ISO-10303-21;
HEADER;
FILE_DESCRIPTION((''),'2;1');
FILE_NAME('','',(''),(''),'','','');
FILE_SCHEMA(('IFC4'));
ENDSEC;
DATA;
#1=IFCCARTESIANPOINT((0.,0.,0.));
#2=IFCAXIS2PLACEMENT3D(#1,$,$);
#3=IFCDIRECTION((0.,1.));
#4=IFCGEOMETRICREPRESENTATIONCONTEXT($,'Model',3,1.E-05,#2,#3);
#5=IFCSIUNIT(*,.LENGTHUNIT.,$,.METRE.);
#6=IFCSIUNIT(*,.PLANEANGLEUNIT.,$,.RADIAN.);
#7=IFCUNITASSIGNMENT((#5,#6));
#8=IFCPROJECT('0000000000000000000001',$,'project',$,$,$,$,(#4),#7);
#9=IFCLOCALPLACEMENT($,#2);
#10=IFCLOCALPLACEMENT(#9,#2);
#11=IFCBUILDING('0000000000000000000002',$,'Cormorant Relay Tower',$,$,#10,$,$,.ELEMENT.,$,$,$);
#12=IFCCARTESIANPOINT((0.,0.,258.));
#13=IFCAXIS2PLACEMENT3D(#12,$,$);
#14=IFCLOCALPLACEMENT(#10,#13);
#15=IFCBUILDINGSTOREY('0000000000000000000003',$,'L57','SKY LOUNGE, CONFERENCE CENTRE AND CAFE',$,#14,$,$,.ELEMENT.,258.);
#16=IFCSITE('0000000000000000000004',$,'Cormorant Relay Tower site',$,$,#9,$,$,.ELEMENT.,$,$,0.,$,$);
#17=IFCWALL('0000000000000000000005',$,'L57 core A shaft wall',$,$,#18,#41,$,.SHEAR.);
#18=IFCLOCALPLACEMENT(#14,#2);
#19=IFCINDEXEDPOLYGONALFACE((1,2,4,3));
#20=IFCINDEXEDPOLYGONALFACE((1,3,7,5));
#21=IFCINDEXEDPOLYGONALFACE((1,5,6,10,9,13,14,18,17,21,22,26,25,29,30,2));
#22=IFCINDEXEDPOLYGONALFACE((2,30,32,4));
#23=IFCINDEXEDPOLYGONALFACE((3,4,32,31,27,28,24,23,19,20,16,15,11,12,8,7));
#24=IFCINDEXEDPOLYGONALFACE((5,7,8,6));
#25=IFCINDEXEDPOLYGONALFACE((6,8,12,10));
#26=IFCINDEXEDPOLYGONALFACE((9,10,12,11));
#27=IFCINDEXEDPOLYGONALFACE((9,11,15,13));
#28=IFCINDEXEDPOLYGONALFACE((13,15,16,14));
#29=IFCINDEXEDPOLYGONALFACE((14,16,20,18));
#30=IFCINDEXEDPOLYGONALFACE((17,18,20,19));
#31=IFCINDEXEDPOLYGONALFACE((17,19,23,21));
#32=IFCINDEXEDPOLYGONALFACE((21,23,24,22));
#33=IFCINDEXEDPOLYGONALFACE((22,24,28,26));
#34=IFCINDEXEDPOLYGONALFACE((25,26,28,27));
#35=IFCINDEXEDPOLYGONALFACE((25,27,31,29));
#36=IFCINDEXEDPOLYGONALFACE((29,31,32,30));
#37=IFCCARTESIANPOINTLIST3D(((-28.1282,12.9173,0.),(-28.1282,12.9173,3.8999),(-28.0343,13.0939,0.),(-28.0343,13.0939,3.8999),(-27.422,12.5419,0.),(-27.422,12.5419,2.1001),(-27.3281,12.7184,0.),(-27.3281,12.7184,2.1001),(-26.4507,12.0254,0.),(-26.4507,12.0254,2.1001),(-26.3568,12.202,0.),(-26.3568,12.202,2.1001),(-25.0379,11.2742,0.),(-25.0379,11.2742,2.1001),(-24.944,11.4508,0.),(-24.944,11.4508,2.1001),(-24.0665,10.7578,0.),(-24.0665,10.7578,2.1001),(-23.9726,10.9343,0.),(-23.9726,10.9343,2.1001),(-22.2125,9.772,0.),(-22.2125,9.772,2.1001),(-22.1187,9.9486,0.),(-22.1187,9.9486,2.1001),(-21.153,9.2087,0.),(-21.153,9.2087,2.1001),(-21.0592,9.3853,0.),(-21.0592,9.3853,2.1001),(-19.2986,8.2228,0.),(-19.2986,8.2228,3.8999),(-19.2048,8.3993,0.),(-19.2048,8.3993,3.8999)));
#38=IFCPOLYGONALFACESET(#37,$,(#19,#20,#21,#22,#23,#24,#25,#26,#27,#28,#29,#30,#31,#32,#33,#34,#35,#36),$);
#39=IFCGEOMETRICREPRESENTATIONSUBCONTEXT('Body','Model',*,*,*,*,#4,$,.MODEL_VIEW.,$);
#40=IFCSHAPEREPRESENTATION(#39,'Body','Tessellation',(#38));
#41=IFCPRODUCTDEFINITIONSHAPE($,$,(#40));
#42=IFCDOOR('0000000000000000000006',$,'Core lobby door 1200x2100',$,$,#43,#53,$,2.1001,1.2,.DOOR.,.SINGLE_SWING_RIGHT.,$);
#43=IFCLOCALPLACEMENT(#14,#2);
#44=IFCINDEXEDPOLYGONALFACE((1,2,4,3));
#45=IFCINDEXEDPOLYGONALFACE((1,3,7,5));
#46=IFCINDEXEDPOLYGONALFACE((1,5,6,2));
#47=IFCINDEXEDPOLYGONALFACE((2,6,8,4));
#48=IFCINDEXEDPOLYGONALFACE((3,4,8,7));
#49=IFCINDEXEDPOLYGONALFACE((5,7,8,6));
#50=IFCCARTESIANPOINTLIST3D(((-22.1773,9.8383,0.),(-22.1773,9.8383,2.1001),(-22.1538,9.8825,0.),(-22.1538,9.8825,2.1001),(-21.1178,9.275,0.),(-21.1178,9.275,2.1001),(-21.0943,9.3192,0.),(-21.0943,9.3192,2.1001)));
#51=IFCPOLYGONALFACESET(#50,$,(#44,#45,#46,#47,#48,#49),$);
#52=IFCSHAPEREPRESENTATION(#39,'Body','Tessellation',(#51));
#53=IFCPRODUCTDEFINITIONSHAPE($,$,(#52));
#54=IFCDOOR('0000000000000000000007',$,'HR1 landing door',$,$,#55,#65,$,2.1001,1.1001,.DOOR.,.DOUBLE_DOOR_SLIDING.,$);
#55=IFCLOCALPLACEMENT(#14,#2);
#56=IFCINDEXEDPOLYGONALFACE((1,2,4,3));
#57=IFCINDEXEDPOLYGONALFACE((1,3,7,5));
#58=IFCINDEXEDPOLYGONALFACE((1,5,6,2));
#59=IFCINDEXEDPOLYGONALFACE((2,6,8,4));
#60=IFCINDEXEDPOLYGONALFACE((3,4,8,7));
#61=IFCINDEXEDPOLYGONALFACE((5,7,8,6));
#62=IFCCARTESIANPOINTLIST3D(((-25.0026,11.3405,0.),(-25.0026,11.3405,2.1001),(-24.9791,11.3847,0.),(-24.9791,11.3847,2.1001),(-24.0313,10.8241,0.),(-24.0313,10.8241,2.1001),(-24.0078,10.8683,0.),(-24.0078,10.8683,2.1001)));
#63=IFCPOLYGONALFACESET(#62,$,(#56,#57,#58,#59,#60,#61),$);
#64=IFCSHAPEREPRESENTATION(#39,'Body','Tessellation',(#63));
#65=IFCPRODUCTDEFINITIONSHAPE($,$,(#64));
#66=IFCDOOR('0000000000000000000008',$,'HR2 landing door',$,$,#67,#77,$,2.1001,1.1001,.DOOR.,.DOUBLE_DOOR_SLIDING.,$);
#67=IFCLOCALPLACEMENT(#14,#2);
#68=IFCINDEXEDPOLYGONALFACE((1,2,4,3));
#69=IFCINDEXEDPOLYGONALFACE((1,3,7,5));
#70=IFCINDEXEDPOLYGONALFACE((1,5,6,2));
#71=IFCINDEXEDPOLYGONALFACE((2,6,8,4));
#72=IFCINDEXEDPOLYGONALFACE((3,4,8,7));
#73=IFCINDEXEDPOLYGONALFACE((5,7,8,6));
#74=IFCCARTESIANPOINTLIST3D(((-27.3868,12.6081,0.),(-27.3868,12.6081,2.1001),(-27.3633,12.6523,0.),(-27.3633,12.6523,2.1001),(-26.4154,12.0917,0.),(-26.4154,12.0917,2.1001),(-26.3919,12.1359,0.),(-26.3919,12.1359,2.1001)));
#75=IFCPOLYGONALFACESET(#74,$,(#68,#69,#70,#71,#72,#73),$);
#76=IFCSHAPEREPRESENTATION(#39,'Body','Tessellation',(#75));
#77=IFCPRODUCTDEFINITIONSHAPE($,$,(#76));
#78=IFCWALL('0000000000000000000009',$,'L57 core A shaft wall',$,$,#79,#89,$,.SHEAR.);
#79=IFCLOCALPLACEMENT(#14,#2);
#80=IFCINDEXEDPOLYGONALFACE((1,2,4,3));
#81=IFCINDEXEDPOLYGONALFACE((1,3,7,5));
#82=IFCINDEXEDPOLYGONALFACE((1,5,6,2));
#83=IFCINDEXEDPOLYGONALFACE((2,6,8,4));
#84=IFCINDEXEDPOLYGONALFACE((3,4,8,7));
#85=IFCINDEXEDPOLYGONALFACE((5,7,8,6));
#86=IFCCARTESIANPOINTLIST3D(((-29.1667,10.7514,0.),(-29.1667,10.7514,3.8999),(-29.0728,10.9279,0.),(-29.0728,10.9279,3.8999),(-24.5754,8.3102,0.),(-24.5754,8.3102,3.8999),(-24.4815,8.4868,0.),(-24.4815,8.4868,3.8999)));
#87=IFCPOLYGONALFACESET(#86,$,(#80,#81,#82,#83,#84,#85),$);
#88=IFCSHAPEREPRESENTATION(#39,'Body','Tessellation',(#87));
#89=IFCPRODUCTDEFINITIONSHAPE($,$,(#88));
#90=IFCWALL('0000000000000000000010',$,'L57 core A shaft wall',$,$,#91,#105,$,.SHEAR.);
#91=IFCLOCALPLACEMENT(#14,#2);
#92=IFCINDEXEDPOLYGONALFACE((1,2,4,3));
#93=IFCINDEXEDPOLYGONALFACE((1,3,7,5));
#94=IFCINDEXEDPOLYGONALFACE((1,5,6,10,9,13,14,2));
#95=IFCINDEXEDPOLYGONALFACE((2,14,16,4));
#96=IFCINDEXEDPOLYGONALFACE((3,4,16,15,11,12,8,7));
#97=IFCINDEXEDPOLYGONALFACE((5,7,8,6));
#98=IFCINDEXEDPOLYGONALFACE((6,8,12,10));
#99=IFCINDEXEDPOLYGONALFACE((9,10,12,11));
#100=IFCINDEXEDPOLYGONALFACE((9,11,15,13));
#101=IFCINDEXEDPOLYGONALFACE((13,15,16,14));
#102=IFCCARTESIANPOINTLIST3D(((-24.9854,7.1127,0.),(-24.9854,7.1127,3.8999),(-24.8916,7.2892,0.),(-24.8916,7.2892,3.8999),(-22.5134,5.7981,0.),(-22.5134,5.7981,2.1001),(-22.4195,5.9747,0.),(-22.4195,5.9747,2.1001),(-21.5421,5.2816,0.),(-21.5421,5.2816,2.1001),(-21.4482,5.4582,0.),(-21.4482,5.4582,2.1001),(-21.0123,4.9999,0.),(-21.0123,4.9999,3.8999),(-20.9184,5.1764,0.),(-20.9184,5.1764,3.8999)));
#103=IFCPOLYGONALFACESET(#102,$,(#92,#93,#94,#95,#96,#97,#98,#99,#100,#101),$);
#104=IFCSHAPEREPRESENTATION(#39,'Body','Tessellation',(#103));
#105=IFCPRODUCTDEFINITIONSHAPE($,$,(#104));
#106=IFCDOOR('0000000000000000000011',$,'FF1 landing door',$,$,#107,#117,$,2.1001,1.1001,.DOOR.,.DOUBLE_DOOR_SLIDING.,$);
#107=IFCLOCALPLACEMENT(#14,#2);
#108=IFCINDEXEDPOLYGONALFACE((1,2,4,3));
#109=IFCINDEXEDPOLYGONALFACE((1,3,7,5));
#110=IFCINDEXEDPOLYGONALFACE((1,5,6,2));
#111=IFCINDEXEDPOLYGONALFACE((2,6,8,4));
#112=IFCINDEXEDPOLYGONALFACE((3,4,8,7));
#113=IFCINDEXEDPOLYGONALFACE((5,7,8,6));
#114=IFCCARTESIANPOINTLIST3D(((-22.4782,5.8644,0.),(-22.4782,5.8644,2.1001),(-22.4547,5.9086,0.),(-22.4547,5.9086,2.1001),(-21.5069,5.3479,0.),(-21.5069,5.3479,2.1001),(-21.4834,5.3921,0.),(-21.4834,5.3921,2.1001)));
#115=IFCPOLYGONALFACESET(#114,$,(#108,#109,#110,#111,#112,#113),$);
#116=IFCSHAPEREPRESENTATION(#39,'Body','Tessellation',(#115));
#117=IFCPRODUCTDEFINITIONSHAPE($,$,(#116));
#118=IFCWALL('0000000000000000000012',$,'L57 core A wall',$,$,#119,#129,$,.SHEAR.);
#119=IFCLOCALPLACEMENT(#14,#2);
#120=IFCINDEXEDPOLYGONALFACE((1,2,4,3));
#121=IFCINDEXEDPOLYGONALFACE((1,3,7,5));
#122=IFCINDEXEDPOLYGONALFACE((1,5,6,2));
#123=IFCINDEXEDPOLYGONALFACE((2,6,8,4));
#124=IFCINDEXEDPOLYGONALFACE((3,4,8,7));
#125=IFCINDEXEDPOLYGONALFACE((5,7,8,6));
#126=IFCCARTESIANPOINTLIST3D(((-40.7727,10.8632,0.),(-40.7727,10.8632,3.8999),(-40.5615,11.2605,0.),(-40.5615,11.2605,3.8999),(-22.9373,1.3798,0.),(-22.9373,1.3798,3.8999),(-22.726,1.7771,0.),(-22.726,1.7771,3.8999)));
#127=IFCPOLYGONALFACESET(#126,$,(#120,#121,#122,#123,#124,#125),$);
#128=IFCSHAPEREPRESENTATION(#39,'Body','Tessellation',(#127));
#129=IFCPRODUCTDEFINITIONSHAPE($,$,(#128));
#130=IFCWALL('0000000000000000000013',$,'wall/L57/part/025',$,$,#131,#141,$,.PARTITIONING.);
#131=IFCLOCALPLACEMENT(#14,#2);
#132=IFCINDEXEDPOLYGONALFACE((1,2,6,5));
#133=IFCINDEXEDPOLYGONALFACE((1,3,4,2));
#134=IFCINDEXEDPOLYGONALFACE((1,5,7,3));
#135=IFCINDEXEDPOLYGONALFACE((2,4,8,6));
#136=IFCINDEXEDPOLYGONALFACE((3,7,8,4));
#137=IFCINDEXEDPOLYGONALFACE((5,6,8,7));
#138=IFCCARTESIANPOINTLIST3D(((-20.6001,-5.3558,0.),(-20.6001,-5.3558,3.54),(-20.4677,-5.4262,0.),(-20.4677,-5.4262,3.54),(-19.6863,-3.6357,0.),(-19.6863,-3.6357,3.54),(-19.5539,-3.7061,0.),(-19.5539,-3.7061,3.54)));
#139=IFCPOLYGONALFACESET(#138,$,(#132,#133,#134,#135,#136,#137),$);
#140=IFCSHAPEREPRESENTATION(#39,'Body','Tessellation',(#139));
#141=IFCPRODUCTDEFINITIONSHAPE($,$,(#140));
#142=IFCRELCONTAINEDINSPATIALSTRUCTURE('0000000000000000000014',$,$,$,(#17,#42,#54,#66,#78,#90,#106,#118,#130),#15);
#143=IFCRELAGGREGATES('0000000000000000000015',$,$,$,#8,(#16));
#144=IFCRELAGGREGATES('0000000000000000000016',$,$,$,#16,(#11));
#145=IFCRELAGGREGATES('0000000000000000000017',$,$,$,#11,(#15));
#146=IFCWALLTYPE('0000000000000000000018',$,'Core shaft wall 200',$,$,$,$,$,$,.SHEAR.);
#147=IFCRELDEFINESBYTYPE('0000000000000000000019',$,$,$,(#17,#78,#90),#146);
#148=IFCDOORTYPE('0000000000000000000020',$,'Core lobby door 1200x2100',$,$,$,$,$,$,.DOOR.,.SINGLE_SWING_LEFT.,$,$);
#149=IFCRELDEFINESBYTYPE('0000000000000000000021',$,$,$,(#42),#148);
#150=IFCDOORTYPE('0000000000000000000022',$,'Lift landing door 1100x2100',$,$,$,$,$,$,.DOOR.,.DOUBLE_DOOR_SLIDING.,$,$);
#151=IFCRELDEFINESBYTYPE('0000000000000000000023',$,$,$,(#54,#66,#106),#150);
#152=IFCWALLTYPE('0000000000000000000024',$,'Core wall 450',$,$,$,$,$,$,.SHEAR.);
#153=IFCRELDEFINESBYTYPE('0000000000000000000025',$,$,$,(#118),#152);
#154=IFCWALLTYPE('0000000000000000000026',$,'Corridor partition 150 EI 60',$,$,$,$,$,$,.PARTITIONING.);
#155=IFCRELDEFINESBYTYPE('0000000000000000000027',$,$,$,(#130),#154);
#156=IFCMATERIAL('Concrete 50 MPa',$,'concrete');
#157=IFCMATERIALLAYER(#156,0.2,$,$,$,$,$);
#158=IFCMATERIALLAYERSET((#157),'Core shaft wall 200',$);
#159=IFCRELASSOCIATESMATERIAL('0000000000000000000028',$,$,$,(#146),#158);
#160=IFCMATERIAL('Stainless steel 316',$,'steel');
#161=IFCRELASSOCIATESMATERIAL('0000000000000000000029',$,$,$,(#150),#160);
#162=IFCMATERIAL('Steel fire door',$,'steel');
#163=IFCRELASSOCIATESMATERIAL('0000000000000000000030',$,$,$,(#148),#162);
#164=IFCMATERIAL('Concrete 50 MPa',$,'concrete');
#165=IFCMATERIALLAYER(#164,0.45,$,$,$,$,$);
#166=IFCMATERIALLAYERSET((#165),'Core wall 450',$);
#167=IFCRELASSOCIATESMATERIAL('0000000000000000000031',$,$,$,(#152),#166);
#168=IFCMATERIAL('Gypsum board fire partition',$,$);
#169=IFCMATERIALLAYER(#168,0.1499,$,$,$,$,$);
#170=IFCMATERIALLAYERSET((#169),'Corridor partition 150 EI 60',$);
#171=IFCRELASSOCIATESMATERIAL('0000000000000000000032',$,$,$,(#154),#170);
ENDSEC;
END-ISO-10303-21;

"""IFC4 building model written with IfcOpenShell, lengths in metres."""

from ifc_helpers import new_model, si_unit, direction, frame, frame_2d, origin, place, context, subcontext, project, spatial, rectangle, extrude, material, layer, layer_set, type_object, element, fill, save


model = new_model("IFC4")

# Units and contexts
model_context = context("Model", 3, precision=1e-05, world=origin(), true_north=direction((0.0, 1.0)))
body_context = subcontext(model_context, "Body", "Model", "MODEL_VIEW")
ifc_project = project(units=[si_unit("LENGTHUNIT", "METRE"), si_unit("PLANEANGLEUNIT", "RADIAN")], contexts=[model_context])

# Site, building, storey
site_placement = place(None, origin())
site = spatial("IfcSite", under=ifc_project, at=site_placement, Name="Cormorant Relay Tower site", CompositionType="ELEMENT", RefElevation=0.0)
building_placement = place(site_placement, origin())
building = spatial("IfcBuilding", under=site, at=building_placement, Name="Cormorant Relay Tower", CompositionType="ELEMENT")
storey_placement = place(building_placement, frame((0.0, 0.0, 258.0)))
storey = spatial("IfcBuildingStorey", under=building, at=storey_placement, Name="L57", Description="SKY LOUNGE, CONFERENCE CENTRE AND CAFE", CompositionType="ELEMENT", Elevation=258.0)

# Shared definitions
ifc_material_1 = material(Name="Concrete 50 MPa", Category="concrete")
ifc_layer_1 = layer(ifc_material_1, 0.2)
ifc_layer_set_1 = layer_set([ifc_layer_1], Name="Core shaft wall 200")
wall_type_1 = type_object("IfcWallType", Name="Core shaft wall 200", PredefinedType="SHEAR", material=ifc_layer_set_1)

# Wall, openings, doors
ifc_material_2 = material(Name="Stainless steel 316", Category="steel")
door_type_1 = type_object("IfcDoorType", Name="Lift landing door 1100x2100", OperationType="DOUBLE_DOOR_SLIDING", PredefinedType="DOOR", material=ifc_material_2)
wall_1_placement = place(storey_placement, frame((-19.2517, 8.311, 0.0), z_axis=(0.0, 0.0, 1.0), x_axis=(-0.882956, 0.469456, 0.0)))
wall_1 = element("IfcWall", 1, at=wall_1_placement, inside=storey, type_object=wall_type_1, Name="L57 core A shaft wall", PredefinedType="SHEAR", context=body_context, shape_type="SweptSolid", body=[
    extrude(rectangle(XDim=10.0, YDim=0.2, at=frame_2d((5.0, 0.0))), origin(), (0.0, 0.0, 1.0), 3.8999),
])
opening_1_placement = place(wall_1_placement, frame((2.1001, 0.0, 0.0)))
opening_1 = element("IfcOpeningElement", 2, at=opening_1_placement, cuts=wall_1, PredefinedType="OPENING", context=body_context, shape_type="SweptSolid", body=[
    extrude(rectangle(XDim=1.2, YDim=2.1001, at=frame_2d((0.6001, 1.05))), frame((0.0, 0.1099, 0.0), z_axis=(0.0, -1.0, 0.0), x_axis=(1.0, 0.0, 0.0)), (0.0, 0.0, 1.0), 0.22),
])
opening_2_placement = place(wall_1_placement, frame((5.3999, 0.0, 0.0)))
opening_2 = element("IfcOpeningElement", 3, at=opening_2_placement, cuts=wall_1, PredefinedType="OPENING", context=body_context, shape_type="SweptSolid", body=[
    extrude(rectangle(XDim=1.1001, YDim=2.1001, at=frame_2d((0.55, 1.05))), frame((0.0, 0.1099, 0.0), z_axis=(0.0, -1.0, 0.0), x_axis=(1.0, 0.0, 0.0)), (0.0, 0.0, 1.0), 0.22),
])
opening_3_placement = place(wall_1_placement, frame((8.1001, 0.0, 0.0)))
opening_3 = element("IfcOpeningElement", 4, at=opening_3_placement, cuts=wall_1, PredefinedType="OPENING", context=body_context, shape_type="SweptSolid", body=[
    extrude(rectangle(XDim=1.1001, YDim=2.1001, at=frame_2d((0.55, 1.05))), frame((0.0, 0.1099, 0.0), z_axis=(0.0, -1.0, 0.0), x_axis=(1.0, 0.0, 0.0)), (0.0, 0.0, 1.0), 0.22),
])
ifc_material_3 = material(Name="Steel fire door", Category="steel")
door_type_2 = type_object("IfcDoorType", Name="Core lobby door 1200x2100", OperationType="SINGLE_SWING_LEFT", PredefinedType="DOOR", material=ifc_material_3)
door_1_placement = place(opening_1_placement, origin())
door_1 = element("IfcDoor", 5, at=door_1_placement, inside=storey, type_object=door_type_2, Name="Core lobby door 1200x2100", OperationType="SINGLE_SWING_RIGHT", OverallHeight=2.1001, OverallWidth=1.2, PredefinedType="DOOR", context=body_context, shape_type="SweptSolid", body=[
    extrude(rectangle(XDim=1.2, YDim=2.1001, at=frame_2d((0.6001, 1.05))), frame((0.0, 0.0249, 0.0), z_axis=(0.0, -1.0, 0.0), x_axis=(1.0, 0.0, 0.0)), (0.0, 0.0, 1.0), 0.05),
])
fill(opening_1, door_1)
door_2_placement = place(opening_2_placement, origin())
door_2 = element("IfcDoor", 6, at=door_2_placement, inside=storey, type_object=door_type_1, Name="HR1 landing door", OperationType="DOUBLE_DOOR_SLIDING", OverallHeight=2.1001, OverallWidth=1.1001, PredefinedType="DOOR", context=body_context, shape_type="SweptSolid", body=[
    extrude(rectangle(XDim=1.1001, YDim=2.1001, at=frame_2d((0.55, 1.05))), frame((0.0, 0.0249, 0.0), z_axis=(0.0, -1.0, 0.0), x_axis=(1.0, 0.0, 0.0)), (0.0, 0.0, 1.0), 0.05),
])
fill(opening_2, door_2)
door_3_placement = place(opening_3_placement, origin())
door_3 = element("IfcDoor", 7, at=door_3_placement, inside=storey, type_object=door_type_1, Name="HR2 landing door", OperationType="DOUBLE_DOOR_SLIDING", OverallHeight=2.1001, OverallWidth=1.1001, PredefinedType="DOOR", context=body_context, shape_type="SweptSolid", body=[
    extrude(rectangle(XDim=1.1001, YDim=2.1001, at=frame_2d((0.55, 1.05))), frame((0.0, 0.0249, 0.0), z_axis=(0.0, -1.0, 0.0), x_axis=(1.0, 0.0, 0.0)), (0.0, 0.0, 1.0), 0.05),
])
fill(opening_3, door_3)

# Wall
wall_2_placement = place(storey_placement, frame((-24.5283, 8.3984, 0.0), z_axis=(0.0, 0.0, 1.0), x_axis=(-0.882954, 0.46946, 0.0)))
element("IfcWall", 8, at=wall_2_placement, inside=storey, type_object=wall_type_1, Name="L57 core A shaft wall", PredefinedType="SHEAR", context=body_context, shape_type="SweptSolid", body=[
    extrude(rectangle(XDim=5.2, YDim=0.2, at=frame_2d((2.6001, 0.0))), origin(), (0.0, 0.0, 1.0), 3.8999),
])

# Wall, opening, door
wall_3_placement = place(storey_placement, frame((-20.9653, 5.0881, 0.0), z_axis=(0.0, 0.0, 1.0), x_axis=(-0.882926, 0.469512, 0.0)))
wall_3 = element("IfcWall", 9, at=wall_3_placement, inside=storey, type_object=wall_type_1, Name="L57 core A shaft wall", PredefinedType="SHEAR", context=body_context, shape_type="SweptSolid", body=[
    extrude(rectangle(XDim=4.5, YDim=0.2, at=frame_2d((2.25, 0.0))), origin(), (0.0, 0.0, 1.0), 3.8999),
])
opening_4_placement = place(wall_3_placement, frame((0.6001, 0.0, 0.0)))
opening_4 = element("IfcOpeningElement", 10, at=opening_4_placement, cuts=wall_3, PredefinedType="OPENING", context=body_context, shape_type="SweptSolid", body=[
    extrude(rectangle(XDim=1.1001, YDim=2.1001, at=frame_2d((0.55, 1.05))), frame((0.0, 0.1099, 0.0), z_axis=(0.0, -1.0, 0.0), x_axis=(1.0, 0.0, 0.0)), (0.0, 0.0, 1.0), 0.22),
])
door_4_placement = place(opening_4_placement, origin())
door_4 = element("IfcDoor", 11, at=door_4_placement, inside=storey, type_object=door_type_1, Name="FF1 landing door", OperationType="DOUBLE_DOOR_SLIDING", OverallHeight=2.1001, OverallWidth=1.1001, PredefinedType="DOOR", context=body_context, shape_type="SweptSolid", body=[
    extrude(rectangle(XDim=1.1001, YDim=2.1001, at=frame_2d((0.55, 1.05))), frame((0.0, 0.0249, 0.0), z_axis=(0.0, -1.0, 0.0), x_axis=(1.0, 0.0, 0.0)), (0.0, 0.0, 1.0), 0.05),
])
fill(opening_4, door_4)

# Walls
ifc_material_4 = material(Name="Concrete 50 MPa", Category="concrete")
ifc_layer_2 = layer(ifc_material_4, 0.45)
ifc_layer_set_2 = layer_set([ifc_layer_2], Name="Core wall 450")
wall_type_2 = type_object("IfcWallType", Name="Core wall 450", PredefinedType="SHEAR", material=ifc_layer_set_2)
wall_4_placement = place(storey_placement, frame((-22.8315, 1.5784, 0.0), z_axis=(0.0, 0.0, 1.0), x_axis=(-0.882945, 0.469476, 0.0)))
element("IfcWall", 12, at=wall_4_placement, inside=storey, type_object=wall_type_2, Name="L57 core A wall", PredefinedType="SHEAR", context=body_context, shape_type="SweptSolid", body=[
    extrude(rectangle(XDim=20.2, YDim=0.45, at=frame_2d((10.1001, 0.0))), origin(), (0.0, 0.0, 1.0), 3.8999),
])
ifc_material_5 = material(Name="Gypsum board fire partition")
ifc_layer_3 = layer(ifc_material_5, 0.1499)
ifc_layer_set_3 = layer_set([ifc_layer_3], Name="Corridor partition 150 EI 60")
wall_type_3 = type_object("IfcWallType", Name="Corridor partition 150 EI 60", PredefinedType="PARTITIONING", material=ifc_layer_set_3)
wall_5_placement = place(storey_placement, frame((-19.6201, -3.6709, 0.0), z_axis=(0.0, 0.0, 1.0), x_axis=(-0.469137, -0.883125, 0.0)))
element("IfcWall", 13, at=wall_5_placement, inside=storey, type_object=wall_type_3, Name="wall/L57/part/025", PredefinedType="PARTITIONING", context=body_context, shape_type="SweptSolid", body=[
    extrude(rectangle(XDim=1.9478, YDim=0.1499, at=frame_2d((0.9739, 0.0))), origin(), (0.0, 0.0, 1.0), 3.54),
])

save(model, "model.ifc")
